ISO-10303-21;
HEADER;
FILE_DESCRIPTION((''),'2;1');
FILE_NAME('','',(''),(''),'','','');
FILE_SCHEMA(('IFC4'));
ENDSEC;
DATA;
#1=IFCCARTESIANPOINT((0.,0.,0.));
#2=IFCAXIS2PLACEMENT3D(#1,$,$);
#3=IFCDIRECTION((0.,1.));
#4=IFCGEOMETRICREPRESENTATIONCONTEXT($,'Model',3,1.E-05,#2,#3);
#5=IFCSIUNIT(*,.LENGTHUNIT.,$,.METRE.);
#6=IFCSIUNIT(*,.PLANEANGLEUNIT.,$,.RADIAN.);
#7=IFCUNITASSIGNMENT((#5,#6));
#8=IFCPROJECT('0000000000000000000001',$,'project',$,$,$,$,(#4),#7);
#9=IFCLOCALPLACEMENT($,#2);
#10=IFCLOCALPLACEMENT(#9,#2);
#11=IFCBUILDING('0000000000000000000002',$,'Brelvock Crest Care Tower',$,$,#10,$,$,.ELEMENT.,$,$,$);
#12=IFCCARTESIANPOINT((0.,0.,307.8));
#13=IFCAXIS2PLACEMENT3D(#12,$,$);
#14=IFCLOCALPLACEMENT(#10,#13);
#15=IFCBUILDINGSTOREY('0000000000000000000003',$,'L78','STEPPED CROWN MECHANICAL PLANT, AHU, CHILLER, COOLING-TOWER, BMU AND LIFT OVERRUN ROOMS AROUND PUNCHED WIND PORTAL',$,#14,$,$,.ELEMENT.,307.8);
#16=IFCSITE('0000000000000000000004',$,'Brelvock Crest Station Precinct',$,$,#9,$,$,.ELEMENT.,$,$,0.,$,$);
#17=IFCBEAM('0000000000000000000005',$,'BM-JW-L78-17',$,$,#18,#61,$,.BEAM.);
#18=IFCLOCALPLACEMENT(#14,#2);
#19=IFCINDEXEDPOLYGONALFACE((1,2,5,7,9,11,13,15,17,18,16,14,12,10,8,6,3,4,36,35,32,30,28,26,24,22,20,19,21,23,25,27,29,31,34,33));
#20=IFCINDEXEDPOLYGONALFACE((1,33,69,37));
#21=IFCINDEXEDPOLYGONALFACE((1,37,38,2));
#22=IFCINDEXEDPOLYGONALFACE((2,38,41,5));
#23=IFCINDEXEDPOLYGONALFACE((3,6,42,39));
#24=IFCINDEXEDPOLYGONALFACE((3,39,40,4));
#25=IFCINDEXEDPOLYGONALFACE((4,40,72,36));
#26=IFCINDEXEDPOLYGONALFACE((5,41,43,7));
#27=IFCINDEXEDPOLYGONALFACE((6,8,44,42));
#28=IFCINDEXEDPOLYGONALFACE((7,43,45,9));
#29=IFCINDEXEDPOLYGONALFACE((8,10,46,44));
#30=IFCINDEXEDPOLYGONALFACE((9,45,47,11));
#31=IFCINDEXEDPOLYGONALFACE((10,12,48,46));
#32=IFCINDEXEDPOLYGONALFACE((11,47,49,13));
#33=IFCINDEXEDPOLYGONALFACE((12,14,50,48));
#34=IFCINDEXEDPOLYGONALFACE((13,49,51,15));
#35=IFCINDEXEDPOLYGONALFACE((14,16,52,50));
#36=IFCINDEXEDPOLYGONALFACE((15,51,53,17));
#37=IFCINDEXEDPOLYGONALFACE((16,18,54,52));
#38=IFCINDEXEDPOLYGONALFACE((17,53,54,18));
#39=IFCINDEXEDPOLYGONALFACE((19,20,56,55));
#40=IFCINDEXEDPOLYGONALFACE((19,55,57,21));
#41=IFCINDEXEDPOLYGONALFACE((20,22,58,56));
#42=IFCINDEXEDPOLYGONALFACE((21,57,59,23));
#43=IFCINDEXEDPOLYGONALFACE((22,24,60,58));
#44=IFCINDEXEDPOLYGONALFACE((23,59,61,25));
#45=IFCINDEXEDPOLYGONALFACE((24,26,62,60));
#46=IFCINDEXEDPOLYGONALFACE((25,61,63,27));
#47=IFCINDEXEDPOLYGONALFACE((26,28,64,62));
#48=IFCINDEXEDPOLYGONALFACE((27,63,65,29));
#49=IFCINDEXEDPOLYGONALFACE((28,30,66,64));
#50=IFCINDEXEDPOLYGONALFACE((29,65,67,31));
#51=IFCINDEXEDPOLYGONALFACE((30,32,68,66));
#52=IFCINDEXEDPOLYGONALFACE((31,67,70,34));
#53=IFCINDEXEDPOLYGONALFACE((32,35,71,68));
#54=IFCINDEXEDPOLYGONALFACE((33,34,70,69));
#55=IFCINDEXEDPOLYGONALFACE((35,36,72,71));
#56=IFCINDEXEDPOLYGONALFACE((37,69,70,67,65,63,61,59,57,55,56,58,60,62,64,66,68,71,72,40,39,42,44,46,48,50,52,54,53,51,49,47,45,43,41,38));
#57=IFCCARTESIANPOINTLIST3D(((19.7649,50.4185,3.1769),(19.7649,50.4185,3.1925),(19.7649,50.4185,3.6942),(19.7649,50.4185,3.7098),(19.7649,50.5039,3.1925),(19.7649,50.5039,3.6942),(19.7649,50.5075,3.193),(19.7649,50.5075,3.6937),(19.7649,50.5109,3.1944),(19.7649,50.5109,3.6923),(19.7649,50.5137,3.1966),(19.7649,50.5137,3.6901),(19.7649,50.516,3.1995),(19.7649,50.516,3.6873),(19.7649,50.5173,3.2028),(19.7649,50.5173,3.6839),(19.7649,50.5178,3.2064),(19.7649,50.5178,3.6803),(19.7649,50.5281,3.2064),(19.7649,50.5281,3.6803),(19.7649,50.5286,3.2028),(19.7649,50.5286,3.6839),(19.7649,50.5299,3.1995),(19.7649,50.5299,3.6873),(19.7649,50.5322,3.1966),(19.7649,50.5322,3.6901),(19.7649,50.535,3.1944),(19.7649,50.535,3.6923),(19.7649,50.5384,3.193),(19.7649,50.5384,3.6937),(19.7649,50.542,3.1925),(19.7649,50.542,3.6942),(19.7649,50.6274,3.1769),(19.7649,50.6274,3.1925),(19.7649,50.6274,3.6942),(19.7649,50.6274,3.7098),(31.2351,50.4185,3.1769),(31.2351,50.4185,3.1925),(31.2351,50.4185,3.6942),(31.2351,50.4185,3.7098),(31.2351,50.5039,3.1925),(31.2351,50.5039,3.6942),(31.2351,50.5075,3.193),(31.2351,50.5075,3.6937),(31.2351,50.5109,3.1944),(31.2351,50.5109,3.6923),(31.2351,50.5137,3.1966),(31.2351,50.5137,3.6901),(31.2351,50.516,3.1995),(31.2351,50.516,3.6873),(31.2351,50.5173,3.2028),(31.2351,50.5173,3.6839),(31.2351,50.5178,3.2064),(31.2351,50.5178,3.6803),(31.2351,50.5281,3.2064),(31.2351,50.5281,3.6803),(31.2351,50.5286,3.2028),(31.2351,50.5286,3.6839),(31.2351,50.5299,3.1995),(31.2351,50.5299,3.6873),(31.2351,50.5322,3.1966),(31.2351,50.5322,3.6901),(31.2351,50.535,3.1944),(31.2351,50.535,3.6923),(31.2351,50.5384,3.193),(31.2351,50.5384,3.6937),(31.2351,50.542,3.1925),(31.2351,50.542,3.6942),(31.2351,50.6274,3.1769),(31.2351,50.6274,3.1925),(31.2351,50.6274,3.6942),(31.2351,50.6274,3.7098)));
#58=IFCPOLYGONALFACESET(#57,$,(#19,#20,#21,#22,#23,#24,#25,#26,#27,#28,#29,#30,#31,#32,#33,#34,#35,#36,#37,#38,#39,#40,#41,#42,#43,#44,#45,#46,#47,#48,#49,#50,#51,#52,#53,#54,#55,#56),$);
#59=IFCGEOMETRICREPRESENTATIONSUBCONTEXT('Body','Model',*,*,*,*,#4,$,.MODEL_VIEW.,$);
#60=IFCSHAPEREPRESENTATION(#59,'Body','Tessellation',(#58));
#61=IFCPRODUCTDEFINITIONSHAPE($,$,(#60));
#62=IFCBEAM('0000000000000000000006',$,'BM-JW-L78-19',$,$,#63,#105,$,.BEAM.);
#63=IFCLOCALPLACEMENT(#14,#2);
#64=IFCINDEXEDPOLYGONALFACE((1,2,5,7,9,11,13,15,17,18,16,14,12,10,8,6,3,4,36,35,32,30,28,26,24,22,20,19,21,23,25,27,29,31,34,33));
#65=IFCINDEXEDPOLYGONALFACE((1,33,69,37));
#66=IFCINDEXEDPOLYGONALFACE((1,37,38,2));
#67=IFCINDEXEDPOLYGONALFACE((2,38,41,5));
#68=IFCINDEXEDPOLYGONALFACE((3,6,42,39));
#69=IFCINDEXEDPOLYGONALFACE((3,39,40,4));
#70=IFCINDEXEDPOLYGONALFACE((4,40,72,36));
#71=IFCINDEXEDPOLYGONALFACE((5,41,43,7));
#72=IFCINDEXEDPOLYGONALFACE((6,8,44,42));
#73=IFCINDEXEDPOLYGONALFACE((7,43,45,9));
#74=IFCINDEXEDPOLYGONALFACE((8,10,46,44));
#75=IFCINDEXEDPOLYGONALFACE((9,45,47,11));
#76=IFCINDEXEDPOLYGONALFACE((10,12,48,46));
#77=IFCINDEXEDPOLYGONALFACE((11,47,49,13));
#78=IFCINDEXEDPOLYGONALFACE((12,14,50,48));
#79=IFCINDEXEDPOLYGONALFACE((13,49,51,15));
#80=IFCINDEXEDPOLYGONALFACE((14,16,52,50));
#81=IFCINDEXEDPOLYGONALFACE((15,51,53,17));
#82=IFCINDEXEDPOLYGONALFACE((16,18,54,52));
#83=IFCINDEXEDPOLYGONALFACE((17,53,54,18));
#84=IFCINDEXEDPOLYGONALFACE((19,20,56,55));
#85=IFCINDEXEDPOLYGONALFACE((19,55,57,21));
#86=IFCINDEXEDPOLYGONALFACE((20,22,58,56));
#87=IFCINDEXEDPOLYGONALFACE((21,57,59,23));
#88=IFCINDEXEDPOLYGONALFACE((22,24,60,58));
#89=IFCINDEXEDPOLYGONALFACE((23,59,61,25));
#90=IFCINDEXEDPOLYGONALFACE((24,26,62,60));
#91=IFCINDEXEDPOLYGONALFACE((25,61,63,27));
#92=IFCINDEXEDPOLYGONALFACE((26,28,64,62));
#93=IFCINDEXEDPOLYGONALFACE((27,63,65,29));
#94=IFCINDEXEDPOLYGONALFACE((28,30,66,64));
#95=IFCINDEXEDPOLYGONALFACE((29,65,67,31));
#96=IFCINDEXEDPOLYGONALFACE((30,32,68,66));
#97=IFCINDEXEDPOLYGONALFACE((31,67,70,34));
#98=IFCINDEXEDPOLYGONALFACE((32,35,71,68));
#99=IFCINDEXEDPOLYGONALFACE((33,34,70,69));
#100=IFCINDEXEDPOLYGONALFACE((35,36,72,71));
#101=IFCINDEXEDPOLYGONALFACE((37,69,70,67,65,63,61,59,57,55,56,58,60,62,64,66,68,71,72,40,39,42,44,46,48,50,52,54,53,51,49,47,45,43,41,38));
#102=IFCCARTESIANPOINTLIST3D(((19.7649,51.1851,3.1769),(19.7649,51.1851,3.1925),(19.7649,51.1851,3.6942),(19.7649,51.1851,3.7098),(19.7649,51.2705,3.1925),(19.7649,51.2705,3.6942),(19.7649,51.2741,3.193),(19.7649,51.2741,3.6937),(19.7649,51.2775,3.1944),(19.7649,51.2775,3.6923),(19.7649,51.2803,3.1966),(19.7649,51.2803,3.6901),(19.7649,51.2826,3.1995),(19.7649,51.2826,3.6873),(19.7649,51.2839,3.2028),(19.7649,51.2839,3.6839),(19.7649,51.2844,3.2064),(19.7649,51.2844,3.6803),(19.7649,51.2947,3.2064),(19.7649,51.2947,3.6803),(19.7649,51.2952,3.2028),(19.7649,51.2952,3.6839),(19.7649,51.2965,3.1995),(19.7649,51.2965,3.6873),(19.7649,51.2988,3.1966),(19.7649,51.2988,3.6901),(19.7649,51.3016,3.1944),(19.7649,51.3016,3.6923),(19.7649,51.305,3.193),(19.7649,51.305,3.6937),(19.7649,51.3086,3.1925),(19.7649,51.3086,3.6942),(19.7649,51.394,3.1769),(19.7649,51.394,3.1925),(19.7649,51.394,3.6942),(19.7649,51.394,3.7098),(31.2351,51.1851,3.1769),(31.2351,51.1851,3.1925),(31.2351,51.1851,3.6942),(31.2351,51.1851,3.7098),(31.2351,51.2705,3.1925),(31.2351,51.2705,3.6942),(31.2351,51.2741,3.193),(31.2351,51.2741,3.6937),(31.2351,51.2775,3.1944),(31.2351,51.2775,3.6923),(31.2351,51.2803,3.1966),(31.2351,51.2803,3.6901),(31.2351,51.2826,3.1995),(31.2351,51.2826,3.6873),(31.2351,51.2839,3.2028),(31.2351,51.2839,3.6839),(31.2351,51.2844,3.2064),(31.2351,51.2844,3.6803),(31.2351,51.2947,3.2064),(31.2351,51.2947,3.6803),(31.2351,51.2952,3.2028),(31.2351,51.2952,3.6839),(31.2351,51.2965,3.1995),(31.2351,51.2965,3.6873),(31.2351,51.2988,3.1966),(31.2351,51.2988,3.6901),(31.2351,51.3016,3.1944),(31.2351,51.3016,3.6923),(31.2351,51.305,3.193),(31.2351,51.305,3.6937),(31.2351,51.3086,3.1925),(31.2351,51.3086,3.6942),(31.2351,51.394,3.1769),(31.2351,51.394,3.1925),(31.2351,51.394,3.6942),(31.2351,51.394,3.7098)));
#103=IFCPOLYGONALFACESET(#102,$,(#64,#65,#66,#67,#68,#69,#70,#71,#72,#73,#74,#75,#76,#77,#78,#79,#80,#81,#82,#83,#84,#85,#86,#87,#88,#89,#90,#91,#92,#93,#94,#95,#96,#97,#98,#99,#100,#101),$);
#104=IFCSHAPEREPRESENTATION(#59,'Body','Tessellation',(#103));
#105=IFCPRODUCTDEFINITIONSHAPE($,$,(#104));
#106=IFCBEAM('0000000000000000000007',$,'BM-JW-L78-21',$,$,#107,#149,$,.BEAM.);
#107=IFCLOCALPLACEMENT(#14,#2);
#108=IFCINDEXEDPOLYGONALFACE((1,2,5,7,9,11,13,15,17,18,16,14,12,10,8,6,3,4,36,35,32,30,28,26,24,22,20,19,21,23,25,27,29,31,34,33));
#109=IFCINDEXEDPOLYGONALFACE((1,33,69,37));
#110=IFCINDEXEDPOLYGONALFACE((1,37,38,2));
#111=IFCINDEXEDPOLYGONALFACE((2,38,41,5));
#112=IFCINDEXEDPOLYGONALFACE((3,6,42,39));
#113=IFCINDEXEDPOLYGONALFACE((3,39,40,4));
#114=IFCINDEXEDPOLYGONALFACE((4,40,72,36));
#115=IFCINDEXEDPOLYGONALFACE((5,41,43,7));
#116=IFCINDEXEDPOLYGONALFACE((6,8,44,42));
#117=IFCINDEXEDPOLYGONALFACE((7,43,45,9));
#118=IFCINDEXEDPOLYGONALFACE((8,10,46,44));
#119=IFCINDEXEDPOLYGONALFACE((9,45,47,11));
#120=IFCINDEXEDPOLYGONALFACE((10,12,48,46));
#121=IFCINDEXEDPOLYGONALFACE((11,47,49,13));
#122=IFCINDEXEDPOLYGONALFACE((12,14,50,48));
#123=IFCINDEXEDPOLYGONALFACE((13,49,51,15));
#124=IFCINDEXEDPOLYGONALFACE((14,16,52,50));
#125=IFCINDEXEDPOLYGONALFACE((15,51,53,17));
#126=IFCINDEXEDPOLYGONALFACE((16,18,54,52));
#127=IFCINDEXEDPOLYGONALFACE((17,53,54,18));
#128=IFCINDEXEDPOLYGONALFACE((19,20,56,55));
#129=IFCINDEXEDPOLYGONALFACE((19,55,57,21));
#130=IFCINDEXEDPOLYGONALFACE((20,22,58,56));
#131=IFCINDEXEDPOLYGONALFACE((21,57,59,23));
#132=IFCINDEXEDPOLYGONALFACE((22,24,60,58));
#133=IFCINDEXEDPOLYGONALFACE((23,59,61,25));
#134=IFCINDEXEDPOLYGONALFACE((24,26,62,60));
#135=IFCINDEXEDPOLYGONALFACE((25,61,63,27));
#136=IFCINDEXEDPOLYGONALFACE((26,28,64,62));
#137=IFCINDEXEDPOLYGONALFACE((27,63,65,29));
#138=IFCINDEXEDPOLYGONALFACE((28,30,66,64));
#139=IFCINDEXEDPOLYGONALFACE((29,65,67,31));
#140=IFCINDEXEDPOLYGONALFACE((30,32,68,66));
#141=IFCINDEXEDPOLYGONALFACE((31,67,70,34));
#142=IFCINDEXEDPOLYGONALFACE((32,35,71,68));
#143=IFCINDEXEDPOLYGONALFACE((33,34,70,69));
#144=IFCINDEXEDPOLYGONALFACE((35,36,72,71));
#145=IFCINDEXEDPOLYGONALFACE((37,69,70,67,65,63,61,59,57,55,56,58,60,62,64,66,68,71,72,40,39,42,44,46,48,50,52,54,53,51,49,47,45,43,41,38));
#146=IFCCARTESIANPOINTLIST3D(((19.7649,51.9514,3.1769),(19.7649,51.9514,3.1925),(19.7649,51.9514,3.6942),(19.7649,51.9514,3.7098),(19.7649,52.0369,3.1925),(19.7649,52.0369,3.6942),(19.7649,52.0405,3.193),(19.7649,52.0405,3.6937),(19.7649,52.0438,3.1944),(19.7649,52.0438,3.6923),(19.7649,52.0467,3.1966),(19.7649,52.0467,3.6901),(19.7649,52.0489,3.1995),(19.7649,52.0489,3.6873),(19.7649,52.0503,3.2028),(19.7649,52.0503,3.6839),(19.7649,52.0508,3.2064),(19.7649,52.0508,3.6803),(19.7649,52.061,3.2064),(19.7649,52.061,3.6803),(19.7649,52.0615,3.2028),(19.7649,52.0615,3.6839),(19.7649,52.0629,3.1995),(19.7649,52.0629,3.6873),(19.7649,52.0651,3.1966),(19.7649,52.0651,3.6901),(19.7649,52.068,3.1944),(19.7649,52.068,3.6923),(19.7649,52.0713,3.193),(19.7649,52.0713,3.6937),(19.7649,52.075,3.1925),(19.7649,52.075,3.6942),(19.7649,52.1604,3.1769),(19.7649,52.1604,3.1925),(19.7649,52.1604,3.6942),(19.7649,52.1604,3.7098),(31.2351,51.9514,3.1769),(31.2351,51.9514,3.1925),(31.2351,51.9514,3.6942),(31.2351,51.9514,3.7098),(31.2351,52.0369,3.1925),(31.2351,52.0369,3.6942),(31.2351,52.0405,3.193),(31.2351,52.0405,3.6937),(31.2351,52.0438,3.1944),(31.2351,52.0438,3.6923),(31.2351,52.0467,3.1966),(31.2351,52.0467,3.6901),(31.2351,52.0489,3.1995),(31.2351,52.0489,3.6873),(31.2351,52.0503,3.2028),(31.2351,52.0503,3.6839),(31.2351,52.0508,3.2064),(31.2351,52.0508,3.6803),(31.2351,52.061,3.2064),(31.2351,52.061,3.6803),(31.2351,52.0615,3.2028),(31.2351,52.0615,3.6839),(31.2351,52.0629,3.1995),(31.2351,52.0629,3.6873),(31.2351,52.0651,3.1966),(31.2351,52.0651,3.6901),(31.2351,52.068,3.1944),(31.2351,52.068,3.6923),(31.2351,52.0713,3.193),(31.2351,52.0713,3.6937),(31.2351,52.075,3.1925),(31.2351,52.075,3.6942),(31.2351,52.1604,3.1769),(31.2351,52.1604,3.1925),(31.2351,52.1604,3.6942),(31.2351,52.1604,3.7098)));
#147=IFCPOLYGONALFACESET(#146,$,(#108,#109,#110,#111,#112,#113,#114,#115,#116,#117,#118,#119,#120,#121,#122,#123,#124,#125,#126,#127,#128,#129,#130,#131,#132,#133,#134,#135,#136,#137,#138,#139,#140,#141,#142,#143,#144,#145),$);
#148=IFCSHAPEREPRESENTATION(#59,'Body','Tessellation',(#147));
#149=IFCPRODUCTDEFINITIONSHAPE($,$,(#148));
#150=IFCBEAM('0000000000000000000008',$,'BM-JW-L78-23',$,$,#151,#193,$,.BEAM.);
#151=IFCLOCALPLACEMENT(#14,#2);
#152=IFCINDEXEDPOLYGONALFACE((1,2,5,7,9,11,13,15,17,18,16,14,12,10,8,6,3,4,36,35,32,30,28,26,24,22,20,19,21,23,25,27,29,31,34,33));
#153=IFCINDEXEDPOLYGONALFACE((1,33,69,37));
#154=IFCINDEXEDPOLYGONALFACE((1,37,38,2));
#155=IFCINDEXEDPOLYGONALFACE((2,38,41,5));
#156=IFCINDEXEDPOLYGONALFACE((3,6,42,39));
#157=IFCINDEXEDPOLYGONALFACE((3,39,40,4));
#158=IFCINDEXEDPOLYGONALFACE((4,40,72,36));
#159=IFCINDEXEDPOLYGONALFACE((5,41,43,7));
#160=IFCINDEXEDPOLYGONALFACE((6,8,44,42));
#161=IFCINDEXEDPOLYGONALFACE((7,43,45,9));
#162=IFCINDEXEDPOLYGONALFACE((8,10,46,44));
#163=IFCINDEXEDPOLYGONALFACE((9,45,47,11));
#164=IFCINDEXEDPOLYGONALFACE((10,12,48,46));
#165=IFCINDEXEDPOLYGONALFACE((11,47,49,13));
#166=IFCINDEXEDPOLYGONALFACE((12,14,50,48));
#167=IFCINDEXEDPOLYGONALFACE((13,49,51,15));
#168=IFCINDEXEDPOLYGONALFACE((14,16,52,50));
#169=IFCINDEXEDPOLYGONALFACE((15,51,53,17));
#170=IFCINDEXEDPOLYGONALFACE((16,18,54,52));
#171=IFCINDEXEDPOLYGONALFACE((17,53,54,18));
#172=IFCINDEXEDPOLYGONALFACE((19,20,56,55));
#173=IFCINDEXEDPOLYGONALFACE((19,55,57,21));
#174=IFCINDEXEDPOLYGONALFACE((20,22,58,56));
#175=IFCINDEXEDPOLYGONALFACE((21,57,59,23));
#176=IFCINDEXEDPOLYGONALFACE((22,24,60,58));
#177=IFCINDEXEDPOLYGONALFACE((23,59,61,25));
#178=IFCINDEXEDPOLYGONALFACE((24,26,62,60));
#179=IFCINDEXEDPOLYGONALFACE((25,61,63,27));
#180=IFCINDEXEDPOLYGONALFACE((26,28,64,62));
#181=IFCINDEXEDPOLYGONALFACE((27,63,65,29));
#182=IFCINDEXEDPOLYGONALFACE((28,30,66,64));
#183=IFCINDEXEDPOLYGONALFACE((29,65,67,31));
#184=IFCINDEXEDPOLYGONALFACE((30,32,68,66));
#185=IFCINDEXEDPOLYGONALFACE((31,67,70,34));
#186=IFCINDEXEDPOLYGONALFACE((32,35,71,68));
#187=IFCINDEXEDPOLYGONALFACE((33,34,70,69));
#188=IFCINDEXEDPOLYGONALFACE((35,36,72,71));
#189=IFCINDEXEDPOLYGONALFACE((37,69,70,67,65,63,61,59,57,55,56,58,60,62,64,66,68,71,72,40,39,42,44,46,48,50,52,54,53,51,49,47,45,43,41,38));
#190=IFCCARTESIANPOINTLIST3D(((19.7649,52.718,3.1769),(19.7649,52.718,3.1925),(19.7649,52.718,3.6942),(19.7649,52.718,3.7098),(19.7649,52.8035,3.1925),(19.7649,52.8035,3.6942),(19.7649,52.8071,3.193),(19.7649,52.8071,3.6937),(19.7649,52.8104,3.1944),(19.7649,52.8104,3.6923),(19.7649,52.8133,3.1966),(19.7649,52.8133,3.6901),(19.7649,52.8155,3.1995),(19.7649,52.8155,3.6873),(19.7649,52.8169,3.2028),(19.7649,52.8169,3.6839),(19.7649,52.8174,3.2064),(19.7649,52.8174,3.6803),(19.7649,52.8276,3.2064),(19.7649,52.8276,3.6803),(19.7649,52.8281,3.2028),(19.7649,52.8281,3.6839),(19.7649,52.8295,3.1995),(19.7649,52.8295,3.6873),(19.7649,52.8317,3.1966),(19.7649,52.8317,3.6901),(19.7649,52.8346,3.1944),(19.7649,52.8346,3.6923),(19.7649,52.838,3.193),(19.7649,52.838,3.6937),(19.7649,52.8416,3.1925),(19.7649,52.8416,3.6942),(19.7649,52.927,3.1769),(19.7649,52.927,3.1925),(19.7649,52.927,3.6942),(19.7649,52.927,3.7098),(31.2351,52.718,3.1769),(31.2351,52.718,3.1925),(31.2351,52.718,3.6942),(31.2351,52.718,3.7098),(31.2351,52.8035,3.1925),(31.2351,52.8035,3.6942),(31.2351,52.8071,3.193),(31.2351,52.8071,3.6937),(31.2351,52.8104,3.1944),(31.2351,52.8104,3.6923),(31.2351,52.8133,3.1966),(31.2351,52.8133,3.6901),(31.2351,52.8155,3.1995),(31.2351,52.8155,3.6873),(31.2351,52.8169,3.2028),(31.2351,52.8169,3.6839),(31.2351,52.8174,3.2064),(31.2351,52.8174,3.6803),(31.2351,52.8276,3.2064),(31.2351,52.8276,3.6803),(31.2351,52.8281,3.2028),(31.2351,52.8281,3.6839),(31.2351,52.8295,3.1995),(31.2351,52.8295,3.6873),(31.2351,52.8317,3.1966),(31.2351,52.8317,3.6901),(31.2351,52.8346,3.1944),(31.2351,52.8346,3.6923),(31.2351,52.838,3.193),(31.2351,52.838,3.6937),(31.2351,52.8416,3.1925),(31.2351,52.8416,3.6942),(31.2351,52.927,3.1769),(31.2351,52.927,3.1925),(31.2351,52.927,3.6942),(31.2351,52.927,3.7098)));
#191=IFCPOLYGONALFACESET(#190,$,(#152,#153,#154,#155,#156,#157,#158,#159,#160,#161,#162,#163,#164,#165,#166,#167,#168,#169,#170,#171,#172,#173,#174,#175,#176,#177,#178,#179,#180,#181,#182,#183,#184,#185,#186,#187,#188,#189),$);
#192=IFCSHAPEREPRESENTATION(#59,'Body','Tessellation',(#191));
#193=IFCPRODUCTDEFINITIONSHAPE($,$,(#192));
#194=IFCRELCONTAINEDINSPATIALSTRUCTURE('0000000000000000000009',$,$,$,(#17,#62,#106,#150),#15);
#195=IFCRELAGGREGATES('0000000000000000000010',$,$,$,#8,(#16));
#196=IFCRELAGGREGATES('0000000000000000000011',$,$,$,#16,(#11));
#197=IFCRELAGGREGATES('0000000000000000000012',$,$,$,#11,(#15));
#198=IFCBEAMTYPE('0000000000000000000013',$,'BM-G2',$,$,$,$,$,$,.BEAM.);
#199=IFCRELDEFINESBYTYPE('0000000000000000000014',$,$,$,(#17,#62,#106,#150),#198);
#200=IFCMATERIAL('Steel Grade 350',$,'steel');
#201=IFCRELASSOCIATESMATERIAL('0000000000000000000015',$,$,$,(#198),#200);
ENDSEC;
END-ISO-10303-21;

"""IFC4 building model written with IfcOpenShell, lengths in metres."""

from ifc_helpers import new_model, si_unit, direction, frame, origin, origin_2d, place, context, subcontext, project, spatial, i_section, extrude, source, transform, mapped, material, material_profile, profile_set, type_object, element, save


model = new_model("IFC4")

# Units and contexts
model_context = context("Model", 3, precision=1e-05, world=origin(), true_north=direction((0.0, 1.0)))
body_context = subcontext(model_context, "Body", "Model", "MODEL_VIEW")
ifc_project = project(units=[si_unit("LENGTHUNIT", "METRE"), si_unit("PLANEANGLEUNIT", "RADIAN")], contexts=[model_context])

# Site, building, storey
site_placement = place(None, origin())
site = spatial("IfcSite", under=ifc_project, at=site_placement, Name="Brelvock Crest Station Precinct", CompositionType="ELEMENT", RefElevation=0.0)
building_placement = place(site_placement, origin())
building = spatial("IfcBuilding", under=site, at=building_placement, Name="Brelvock Crest Care Tower", CompositionType="ELEMENT")
storey_placement = place(building_placement, frame((0.0, 0.0, 307.8)))
storey = spatial("IfcBuildingStorey", under=building, at=storey_placement, Name="L78", Description="STEPPED CROWN MECHANICAL PLANT, AHU, CHILLER, COOLING-TOWER, BMU AND LIFT OVERRUN ROOMS AROUND PUNCHED WIND PORTAL", CompositionType="ELEMENT", Elevation=307.8)

# Shared definitions
ifc_material_1 = material(Name="Steel Grade 350", Category="steel")

# Beams
ifc_material_profile_1 = material_profile(ifc_material_1, i_section(OverallWidth=0.209, OverallDepth=0.533, WebThickness=0.0103, FlangeThickness=0.0156, FilletRadius=0.0139, at=origin_2d()), Name="530UB92.4")
ifc_profile_set_1 = profile_set([ifc_material_profile_1], Name="Steel Grade 350")
beam_type_1 = type_object("IfcBeamType", Name="BM-G2", PredefinedType="BEAM", material=ifc_profile_set_1)
shared_shape_1 = source(origin(), body_context, "Body", "SweptSolid", [
    extrude(i_section(OverallWidth=0.209, OverallDepth=0.533, WebThickness=0.0103, FlangeThickness=0.0156, FilletRadius=0.0139, at=origin_2d()), origin(), (0.0, 0.0, 1.0), 11.4702),
])
for number, where, z_axis, x_axis, name in (
    (1, (19.7649, 50.5229, 3.4434), (1.0, 0.0, 0.0), (0.0, 1.0, 0.0), "BM-JW-L78-17"),
    (2, (19.7649, 51.2896, 3.4434), (1.0, 0.0, 0.0), (0.0, 1.0, 0.0), "BM-JW-L78-19"),
    (3, (19.7649, 52.0559, 3.4434), (1.0, 0.0, 0.0), (0.0, 1.0, 0.0), "BM-JW-L78-21"),
    (4, (19.7649, 52.8225, 3.4434), (1.0, 0.0, 0.0), (0.0, 1.0, 0.0), "BM-JW-L78-23"),
):
    element("IfcBeam", number, at=place(storey_placement, frame(where, z_axis=z_axis, x_axis=x_axis)), inside=storey, type_object=beam_type_1, Name=name, PredefinedType="BEAM", context=body_context, shape_type="MappedRepresentation", body=[
        mapped(shared_shape_1, transform((0.0, 0.0, 0.0), x_axis=(1.0, 0.0, 0.0), y_axis=(0.0, 1.0, 0.0), z_axis=(0.0, 0.0, 1.0), scale=1.0)),
    ])

save(model, "model.ifc")
